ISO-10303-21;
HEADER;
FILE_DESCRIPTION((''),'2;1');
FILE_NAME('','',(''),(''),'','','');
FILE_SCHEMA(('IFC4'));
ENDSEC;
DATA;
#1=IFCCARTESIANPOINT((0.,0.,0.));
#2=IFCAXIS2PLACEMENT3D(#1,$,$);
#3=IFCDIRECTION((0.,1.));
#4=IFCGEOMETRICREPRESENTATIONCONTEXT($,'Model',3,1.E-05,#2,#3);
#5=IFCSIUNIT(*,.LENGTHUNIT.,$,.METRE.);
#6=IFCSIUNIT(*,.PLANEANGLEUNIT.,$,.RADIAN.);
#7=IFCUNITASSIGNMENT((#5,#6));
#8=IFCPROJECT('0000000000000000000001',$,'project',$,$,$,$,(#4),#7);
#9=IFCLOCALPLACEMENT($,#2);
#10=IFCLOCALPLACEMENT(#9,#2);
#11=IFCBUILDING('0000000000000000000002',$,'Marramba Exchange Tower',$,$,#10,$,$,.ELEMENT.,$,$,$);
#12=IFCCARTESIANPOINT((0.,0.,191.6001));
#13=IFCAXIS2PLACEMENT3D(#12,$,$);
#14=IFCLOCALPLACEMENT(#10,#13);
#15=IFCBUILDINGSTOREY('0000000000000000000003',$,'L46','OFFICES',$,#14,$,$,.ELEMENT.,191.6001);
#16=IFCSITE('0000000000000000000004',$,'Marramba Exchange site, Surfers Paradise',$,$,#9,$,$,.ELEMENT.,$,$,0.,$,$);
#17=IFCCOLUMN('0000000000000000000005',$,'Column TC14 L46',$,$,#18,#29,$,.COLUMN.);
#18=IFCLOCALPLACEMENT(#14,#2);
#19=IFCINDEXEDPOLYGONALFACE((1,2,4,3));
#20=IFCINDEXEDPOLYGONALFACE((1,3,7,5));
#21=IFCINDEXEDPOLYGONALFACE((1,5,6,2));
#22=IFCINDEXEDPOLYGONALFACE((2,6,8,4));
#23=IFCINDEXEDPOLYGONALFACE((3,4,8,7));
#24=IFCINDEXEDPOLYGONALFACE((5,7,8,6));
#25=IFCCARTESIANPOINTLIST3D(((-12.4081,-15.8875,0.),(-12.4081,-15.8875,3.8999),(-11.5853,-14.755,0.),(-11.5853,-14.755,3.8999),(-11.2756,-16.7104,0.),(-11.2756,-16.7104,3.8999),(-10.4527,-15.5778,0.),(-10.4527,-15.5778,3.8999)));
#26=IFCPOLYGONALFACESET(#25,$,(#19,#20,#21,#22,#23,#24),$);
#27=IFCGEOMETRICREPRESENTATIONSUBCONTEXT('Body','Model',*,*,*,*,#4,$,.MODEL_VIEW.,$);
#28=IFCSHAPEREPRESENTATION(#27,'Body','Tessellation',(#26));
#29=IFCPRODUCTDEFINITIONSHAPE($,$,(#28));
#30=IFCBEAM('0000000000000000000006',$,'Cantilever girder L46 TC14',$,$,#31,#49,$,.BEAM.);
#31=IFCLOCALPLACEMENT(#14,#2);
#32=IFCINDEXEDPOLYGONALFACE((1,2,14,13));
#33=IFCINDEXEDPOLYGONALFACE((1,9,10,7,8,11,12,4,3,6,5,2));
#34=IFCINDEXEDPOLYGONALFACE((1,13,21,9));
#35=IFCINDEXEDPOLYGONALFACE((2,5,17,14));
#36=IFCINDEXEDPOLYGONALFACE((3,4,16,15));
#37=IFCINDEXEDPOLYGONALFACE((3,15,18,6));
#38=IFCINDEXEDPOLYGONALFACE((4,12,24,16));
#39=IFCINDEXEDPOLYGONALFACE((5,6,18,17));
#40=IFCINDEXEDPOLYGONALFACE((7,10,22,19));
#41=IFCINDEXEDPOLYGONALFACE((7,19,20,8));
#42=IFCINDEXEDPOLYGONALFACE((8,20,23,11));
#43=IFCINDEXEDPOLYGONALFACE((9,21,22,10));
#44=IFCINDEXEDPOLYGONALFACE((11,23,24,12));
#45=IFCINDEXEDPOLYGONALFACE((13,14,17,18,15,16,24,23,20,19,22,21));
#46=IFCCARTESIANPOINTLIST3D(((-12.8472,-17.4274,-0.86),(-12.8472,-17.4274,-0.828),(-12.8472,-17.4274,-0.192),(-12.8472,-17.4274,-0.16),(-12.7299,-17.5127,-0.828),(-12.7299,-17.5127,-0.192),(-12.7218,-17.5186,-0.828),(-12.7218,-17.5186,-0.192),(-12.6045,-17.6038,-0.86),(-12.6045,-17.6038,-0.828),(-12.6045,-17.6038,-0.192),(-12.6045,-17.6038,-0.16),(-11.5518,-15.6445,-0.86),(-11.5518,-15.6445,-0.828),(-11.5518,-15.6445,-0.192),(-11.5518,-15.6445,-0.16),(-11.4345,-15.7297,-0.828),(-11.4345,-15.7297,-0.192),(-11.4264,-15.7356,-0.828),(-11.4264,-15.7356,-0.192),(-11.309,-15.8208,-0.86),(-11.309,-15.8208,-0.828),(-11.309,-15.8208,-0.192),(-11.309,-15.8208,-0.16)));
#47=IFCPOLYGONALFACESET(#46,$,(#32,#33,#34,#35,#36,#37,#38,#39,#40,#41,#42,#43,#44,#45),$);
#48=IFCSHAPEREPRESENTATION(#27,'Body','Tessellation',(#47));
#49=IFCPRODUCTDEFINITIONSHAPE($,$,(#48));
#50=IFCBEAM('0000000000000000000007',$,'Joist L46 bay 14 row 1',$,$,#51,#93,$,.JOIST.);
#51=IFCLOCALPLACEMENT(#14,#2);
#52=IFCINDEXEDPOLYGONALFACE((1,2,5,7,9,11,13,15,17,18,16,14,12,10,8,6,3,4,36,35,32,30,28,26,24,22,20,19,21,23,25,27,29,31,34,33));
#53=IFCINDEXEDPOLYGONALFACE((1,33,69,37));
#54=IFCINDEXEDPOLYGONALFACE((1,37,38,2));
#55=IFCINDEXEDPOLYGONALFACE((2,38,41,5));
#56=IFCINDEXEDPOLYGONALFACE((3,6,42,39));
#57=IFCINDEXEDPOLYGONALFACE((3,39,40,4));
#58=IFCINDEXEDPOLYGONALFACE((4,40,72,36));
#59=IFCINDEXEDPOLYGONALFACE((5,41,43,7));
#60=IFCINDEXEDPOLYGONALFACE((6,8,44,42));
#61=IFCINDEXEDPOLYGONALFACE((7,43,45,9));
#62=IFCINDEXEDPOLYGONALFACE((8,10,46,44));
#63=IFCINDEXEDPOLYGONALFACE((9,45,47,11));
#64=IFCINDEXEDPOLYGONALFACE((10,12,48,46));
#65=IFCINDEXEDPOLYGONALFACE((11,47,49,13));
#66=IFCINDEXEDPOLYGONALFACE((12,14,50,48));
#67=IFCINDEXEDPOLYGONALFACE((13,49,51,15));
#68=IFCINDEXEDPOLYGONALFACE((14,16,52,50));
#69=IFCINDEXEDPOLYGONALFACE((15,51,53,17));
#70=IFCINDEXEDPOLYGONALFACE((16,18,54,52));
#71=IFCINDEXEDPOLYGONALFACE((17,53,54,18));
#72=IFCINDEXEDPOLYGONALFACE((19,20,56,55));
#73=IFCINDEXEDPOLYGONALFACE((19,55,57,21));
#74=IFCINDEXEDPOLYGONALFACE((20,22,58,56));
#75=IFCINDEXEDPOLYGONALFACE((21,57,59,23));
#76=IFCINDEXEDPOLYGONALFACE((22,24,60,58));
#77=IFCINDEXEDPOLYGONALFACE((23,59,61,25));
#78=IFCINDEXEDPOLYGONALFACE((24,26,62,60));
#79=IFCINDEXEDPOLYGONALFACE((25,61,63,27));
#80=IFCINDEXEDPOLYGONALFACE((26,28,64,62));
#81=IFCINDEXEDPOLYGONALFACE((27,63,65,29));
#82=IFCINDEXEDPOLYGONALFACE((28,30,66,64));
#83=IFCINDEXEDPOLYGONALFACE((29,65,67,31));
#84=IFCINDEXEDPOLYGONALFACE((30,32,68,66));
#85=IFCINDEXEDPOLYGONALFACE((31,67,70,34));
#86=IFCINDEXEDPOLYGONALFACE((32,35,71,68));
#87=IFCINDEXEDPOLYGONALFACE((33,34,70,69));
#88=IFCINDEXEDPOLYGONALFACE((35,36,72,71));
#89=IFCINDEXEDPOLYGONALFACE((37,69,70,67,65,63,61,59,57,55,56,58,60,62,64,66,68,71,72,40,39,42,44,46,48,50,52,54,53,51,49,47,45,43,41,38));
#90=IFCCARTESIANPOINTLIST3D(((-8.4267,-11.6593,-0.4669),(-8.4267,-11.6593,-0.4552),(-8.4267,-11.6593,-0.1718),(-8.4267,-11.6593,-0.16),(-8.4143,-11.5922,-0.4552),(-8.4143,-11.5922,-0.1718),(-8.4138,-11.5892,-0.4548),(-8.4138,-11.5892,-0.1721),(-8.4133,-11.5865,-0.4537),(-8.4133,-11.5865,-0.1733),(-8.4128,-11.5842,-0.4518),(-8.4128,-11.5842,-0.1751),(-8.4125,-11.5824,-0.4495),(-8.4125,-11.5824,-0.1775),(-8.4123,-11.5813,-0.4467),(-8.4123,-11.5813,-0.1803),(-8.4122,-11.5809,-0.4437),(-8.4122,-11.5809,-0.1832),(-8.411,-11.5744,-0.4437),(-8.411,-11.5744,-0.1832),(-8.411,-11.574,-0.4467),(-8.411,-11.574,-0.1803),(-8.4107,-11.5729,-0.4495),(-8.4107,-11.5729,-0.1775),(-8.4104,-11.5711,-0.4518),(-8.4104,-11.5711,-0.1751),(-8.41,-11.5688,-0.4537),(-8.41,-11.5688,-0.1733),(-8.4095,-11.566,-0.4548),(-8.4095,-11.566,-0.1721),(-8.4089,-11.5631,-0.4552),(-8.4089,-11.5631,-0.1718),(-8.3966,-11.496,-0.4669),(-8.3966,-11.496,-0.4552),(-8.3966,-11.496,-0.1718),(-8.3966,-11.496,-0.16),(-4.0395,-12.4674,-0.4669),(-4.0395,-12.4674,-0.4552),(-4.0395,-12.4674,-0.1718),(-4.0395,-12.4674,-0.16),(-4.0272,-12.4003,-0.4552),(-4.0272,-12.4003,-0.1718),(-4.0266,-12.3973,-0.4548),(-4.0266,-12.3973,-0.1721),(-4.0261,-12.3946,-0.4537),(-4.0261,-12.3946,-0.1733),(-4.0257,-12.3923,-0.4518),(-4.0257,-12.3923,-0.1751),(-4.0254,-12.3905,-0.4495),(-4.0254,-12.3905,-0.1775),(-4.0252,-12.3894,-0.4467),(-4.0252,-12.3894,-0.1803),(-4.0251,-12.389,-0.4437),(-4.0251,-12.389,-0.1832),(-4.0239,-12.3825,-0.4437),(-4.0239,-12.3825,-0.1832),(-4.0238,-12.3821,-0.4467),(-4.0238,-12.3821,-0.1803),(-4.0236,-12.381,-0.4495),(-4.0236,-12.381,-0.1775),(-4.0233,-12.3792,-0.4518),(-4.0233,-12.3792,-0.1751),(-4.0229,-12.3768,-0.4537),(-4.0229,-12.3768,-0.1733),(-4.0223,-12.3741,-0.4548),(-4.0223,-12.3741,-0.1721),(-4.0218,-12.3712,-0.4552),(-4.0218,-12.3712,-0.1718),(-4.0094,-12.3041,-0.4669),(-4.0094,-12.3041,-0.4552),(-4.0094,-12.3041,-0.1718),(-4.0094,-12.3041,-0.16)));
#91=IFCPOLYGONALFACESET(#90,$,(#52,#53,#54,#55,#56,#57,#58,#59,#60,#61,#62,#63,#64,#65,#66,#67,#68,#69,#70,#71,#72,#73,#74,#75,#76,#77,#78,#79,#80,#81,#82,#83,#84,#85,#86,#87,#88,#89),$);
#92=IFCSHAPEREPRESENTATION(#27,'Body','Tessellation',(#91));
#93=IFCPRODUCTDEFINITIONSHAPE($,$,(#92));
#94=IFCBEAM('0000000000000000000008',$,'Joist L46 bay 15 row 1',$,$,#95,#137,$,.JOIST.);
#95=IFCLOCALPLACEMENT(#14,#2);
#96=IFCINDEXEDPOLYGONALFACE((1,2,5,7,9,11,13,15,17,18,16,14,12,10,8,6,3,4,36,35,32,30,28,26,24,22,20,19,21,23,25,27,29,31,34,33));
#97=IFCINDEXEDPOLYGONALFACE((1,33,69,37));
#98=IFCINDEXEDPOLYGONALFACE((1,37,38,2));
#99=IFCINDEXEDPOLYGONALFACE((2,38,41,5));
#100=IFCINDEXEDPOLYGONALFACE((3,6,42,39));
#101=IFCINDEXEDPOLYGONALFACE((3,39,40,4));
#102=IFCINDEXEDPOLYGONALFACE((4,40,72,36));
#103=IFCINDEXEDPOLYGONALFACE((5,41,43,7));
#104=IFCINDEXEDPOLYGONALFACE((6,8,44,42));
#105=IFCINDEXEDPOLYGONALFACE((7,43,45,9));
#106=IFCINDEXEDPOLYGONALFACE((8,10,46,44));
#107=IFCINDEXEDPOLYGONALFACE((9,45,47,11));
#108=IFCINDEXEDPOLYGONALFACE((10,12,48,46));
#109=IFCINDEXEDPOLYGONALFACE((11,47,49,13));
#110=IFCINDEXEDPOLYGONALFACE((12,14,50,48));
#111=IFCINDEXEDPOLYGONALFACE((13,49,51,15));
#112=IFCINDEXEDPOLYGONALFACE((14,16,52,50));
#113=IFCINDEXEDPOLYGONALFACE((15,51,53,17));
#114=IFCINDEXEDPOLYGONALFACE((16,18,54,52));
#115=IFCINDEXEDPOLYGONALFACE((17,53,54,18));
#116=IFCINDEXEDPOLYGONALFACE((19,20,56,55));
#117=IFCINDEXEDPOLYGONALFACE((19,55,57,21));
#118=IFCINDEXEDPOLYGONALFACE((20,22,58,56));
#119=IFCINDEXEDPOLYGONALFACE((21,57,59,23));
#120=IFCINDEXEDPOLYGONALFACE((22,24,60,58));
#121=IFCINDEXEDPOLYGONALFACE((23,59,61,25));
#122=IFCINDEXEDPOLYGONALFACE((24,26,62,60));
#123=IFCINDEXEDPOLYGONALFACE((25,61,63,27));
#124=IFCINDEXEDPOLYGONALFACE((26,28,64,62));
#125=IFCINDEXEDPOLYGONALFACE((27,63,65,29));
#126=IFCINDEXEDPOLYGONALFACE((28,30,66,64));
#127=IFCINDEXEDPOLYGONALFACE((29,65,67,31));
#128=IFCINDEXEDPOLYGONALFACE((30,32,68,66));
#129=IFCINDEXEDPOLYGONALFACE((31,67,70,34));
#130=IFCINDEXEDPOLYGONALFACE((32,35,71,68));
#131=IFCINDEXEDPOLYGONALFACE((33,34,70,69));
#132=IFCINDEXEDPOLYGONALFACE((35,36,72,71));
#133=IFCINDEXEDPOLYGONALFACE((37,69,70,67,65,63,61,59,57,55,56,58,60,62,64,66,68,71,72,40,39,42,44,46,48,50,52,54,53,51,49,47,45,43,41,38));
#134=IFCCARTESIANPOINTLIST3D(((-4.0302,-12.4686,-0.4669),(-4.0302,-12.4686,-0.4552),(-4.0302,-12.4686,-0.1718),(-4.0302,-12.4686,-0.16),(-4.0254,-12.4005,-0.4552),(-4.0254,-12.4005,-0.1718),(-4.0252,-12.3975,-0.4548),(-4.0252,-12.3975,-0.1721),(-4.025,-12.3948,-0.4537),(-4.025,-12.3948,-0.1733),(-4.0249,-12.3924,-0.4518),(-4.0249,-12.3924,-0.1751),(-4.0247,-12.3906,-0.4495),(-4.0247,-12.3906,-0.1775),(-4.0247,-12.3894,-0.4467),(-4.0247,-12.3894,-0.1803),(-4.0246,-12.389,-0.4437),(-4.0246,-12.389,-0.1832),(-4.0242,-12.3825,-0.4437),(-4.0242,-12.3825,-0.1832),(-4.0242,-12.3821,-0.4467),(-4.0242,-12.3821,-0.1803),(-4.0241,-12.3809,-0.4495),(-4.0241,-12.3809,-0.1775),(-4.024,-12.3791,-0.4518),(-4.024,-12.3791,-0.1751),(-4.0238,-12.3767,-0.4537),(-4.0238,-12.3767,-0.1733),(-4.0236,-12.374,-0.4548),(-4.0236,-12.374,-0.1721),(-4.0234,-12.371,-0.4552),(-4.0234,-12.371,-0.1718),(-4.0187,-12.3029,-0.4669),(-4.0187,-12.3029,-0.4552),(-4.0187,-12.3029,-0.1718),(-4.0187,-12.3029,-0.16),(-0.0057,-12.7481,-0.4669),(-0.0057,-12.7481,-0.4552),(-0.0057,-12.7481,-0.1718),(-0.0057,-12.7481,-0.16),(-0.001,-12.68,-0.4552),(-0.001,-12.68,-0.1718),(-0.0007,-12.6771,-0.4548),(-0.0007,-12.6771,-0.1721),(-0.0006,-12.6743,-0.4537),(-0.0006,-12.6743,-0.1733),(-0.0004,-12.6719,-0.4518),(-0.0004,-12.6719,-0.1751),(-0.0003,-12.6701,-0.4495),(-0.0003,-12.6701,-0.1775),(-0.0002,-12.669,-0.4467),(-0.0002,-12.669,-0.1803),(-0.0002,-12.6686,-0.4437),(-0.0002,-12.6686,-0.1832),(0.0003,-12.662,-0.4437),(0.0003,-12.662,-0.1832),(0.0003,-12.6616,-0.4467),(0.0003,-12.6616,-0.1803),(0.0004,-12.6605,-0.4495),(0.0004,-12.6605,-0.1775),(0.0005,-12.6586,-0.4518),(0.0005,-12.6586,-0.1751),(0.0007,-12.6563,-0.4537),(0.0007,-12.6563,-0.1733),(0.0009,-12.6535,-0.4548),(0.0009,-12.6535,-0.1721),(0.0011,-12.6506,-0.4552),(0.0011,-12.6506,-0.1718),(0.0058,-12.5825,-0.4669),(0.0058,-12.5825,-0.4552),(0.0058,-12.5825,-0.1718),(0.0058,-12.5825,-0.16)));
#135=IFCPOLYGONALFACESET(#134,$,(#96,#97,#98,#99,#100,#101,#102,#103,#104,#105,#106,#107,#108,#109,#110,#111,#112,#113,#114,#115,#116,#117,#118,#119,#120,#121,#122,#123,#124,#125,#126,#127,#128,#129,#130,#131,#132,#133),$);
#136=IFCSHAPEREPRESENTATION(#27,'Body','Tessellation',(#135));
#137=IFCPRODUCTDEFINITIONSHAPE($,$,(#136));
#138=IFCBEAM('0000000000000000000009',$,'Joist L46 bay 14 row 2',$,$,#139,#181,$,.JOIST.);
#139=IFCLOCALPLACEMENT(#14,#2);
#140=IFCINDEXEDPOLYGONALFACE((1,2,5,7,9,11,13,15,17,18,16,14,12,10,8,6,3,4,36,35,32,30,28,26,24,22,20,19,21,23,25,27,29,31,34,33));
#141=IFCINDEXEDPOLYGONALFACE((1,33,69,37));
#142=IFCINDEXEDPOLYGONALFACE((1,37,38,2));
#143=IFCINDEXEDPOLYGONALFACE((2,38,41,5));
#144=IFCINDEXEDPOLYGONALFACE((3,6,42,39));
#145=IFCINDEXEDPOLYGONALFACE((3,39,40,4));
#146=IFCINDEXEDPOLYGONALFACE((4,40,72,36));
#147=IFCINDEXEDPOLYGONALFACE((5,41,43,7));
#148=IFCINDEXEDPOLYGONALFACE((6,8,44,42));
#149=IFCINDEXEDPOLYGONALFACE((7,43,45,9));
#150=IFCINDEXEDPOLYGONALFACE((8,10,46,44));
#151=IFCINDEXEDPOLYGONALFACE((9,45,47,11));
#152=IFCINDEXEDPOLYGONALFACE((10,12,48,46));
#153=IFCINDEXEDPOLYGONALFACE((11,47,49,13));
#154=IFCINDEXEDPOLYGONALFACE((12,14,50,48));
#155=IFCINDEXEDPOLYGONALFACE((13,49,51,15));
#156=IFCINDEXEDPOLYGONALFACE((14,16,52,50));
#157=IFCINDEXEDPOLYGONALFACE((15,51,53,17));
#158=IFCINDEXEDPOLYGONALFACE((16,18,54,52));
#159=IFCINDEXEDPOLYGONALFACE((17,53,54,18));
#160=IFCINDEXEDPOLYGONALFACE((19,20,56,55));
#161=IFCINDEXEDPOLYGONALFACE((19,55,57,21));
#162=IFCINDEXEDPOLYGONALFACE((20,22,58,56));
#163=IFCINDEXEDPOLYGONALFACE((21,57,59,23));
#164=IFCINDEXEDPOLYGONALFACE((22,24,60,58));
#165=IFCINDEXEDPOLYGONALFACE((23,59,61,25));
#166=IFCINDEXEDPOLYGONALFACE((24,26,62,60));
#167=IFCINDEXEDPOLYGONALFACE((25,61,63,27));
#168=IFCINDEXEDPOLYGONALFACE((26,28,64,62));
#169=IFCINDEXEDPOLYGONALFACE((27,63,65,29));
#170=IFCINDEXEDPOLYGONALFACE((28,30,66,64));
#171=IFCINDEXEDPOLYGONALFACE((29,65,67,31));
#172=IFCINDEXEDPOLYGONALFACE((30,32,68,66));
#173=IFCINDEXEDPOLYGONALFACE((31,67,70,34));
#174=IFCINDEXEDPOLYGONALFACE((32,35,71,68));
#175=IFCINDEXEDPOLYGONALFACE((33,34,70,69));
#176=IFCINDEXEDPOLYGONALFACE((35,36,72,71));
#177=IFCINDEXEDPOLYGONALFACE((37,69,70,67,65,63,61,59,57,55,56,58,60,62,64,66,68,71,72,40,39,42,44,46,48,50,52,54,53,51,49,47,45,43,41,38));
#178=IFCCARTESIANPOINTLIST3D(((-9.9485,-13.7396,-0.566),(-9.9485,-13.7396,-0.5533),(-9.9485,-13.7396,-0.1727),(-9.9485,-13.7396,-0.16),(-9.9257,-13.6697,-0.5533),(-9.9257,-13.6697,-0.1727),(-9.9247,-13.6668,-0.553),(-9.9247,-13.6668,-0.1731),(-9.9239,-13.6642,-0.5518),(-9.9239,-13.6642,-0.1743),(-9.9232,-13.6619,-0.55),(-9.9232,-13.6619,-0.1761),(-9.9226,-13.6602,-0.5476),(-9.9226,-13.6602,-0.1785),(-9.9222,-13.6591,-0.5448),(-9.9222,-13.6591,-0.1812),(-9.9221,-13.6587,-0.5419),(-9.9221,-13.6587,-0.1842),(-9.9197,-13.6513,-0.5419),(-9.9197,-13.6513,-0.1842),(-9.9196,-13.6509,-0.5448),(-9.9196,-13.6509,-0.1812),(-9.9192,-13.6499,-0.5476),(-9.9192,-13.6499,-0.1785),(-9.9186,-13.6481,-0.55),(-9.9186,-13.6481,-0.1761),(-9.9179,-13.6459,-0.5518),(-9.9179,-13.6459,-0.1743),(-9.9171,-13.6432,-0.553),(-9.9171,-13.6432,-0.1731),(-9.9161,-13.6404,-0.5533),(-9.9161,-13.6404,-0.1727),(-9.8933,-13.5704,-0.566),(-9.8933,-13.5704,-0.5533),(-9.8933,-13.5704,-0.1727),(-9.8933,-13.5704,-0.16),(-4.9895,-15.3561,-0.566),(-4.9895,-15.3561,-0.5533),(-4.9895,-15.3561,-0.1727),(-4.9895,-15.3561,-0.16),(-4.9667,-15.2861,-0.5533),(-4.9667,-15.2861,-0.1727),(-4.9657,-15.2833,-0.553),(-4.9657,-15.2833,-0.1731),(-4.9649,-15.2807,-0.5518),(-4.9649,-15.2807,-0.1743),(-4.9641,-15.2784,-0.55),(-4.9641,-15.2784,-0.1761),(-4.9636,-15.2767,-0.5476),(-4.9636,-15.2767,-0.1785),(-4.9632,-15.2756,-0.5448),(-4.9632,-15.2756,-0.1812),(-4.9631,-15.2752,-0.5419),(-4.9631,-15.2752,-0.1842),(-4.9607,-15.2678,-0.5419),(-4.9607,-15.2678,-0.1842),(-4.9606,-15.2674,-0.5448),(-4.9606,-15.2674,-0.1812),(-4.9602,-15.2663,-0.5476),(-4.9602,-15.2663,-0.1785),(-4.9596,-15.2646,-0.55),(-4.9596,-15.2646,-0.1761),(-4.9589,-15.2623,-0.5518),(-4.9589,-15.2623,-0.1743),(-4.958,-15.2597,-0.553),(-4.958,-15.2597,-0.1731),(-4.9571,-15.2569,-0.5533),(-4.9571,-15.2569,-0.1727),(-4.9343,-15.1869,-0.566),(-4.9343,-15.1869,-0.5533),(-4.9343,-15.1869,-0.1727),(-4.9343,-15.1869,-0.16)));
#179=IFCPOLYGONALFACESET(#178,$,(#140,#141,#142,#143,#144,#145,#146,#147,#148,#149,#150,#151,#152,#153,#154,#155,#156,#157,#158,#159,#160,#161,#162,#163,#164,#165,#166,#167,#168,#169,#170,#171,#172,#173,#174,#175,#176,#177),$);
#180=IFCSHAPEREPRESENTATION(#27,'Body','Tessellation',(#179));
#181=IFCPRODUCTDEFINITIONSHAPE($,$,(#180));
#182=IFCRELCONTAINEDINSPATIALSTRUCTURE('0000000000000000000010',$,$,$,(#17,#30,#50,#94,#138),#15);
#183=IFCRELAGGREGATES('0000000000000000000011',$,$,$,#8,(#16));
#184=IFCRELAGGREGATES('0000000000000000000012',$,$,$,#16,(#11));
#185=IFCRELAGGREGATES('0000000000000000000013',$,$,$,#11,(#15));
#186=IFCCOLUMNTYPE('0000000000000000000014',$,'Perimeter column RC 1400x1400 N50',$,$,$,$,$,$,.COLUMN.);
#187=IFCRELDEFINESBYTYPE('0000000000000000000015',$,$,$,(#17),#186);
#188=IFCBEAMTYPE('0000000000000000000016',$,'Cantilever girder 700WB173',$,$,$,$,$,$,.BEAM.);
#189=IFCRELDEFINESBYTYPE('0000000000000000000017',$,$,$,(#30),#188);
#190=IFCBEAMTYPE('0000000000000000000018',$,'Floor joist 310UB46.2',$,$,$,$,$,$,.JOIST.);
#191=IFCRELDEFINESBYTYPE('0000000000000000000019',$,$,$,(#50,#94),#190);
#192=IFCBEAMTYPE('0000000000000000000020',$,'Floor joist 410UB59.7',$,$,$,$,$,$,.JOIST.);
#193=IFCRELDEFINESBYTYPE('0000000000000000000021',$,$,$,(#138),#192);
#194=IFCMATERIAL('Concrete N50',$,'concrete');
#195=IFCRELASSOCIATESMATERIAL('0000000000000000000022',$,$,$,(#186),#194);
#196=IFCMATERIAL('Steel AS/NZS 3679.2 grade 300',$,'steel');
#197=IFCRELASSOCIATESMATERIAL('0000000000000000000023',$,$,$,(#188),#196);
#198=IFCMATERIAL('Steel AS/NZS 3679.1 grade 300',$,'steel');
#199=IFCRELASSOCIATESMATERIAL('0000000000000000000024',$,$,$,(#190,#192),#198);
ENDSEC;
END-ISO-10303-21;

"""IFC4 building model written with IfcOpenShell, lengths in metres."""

from ifc_helpers import new_model, si_unit, direction, frame, origin, origin_2d, place, context, subcontext, project, spatial, rectangle, i_section, extrude, material, material_profile, profile_set, type_object, element, save


model = new_model("IFC4")

# Units and contexts
model_context = context("Model", 3, precision=1e-05, world=origin(), true_north=direction((0.0, 1.0)))
body_context = subcontext(model_context, "Body", "Model", "MODEL_VIEW")
ifc_project = project(units=[si_unit("LENGTHUNIT", "METRE"), si_unit("PLANEANGLEUNIT", "RADIAN")], contexts=[model_context])

# Site, building, storey
site_placement = place(None, origin())
site = spatial("IfcSite", under=ifc_project, at=site_placement, Name="Marramba Exchange site, Surfers Paradise", CompositionType="ELEMENT", RefElevation=0.0)
building_placement = place(site_placement, origin())
building = spatial("IfcBuilding", under=site, at=building_placement, Name="Marramba Exchange Tower", CompositionType="ELEMENT")
storey_placement = place(building_placement, frame((0.0, 0.0, 191.6001)))
storey = spatial("IfcBuildingStorey", under=building, at=storey_placement, Name="L46", Description="OFFICES", CompositionType="ELEMENT", Elevation=191.6001)

# Column
ifc_material_1 = material(Name="Concrete N50", Category="concrete")
ifc_material_profile_1 = material_profile(ifc_material_1, rectangle(XDim=1.3999, YDim=1.3999, at=origin_2d()), Name="RC 1400x1400")
ifc_profile_set_1 = profile_set([ifc_material_profile_1], Name="Concrete N50")
column_type = type_object("IfcColumnType", Name="Perimeter column RC 1400x1400 N50", PredefinedType="COLUMN", material=ifc_profile_set_1)
column_placement = place(storey_placement, frame((-11.4304, -15.7327, 0.0), z_axis=(0.0, 0.0, 1.0), x_axis=(-0.587785, -0.809017, 0.0)))
element("IfcColumn", 1, at=column_placement, inside=storey, type_object=column_type, Name="Column TC14 L46", PredefinedType="COLUMN", context=body_context, shape_type="SweptSolid", body=[
    extrude(rectangle(XDim=1.3999, YDim=1.3999, at=origin_2d()), origin(), (0.0, 0.0, 1.0), 3.8999),
])

# Beams
ifc_material_2 = material(Name="Steel AS/NZS 3679.2 grade 300", Category="steel")
ifc_material_profile_2 = material_profile(ifc_material_2, i_section(OverallWidth=0.3, OverallDepth=0.7, WebThickness=0.01, FlangeThickness=0.032, at=origin_2d()), Name="700WB173")
ifc_profile_set_2 = profile_set([ifc_material_profile_2], Name="Steel AS/NZS 3679.2 grade 300")
beam_type_1 = type_object("IfcBeamType", Name="Cantilever girder 700WB173", PredefinedType="BEAM", material=ifc_profile_set_2)
beam_1_placement = place(storey_placement, frame((-11.4304, -15.7327, -0.51), z_axis=(-0.58779, -0.809014, 0.0), x_axis=(0.809014, -0.58779, 0.0)))
element("IfcBeam", 2, at=beam_1_placement, inside=storey, type_object=beam_type_1, Name="Cantilever girder L46 TC14", PredefinedType="BEAM", context=body_context, shape_type="SweptSolid", body=[
    extrude(i_section(OverallWidth=0.3, OverallDepth=0.7, WebThickness=0.01, FlangeThickness=0.032, at=origin_2d()), origin(), (0.0, 0.0, 1.0), 2.2039),
])
ifc_material_3 = material(Name="Steel AS/NZS 3679.1 grade 300", Category="steel")
ifc_material_profile_3 = material_profile(ifc_material_3, i_section(OverallWidth=0.166, OverallDepth=0.3069, WebThickness=0.0066, FlangeThickness=0.0117, FilletRadius=0.0115, at=origin_2d()), Name="310UB46.2")
ifc_profile_set_3 = profile_set([ifc_material_profile_3], Name="Steel AS/NZS 3679.1 grade 300")
beam_type_2 = type_object("IfcBeamType", Name="Floor joist 310UB46.2", PredefinedType="JOIST", material=ifc_profile_set_3)
beam_2_placement = place(storey_placement, frame((-8.4116, -11.5776, -0.3135), z_axis=(0.983456, -0.181149, 0.0), x_axis=(0.181149, 0.983456, 0.0)))
element("IfcBeam", 3, at=beam_2_placement, inside=storey, type_object=beam_type_2, Name="Joist L46 bay 14 row 1", PredefinedType="JOIST", context=body_context, shape_type="SweptSolid", body=[
    extrude(i_section(OverallWidth=0.166, OverallDepth=0.3069, WebThickness=0.0066, FlangeThickness=0.0117, FilletRadius=0.0115, at=origin_2d()), origin(), (0.0, 0.0, 1.0), 4.4609),
])
beam_3_placement = place(storey_placement, frame((-4.0244, -12.3857, -0.3135), z_axis=(0.997596, -0.069294, 0.0), x_axis=(0.069294, 0.997596, 0.0)))
element("IfcBeam", 4, at=beam_3_placement, inside=storey, type_object=beam_type_2, Name="Joist L46 bay 15 row 1", PredefinedType="JOIST", context=body_context, shape_type="SweptSolid", body=[
    extrude(i_section(OverallWidth=0.166, OverallDepth=0.3069, WebThickness=0.0066, FlangeThickness=0.0117, FilletRadius=0.0115, at=origin_2d()), origin(), (0.0, 0.0, 1.0), 4.0342),
])
ifc_material_profile_4 = material_profile(ifc_material_3, i_section(OverallWidth=0.178, OverallDepth=0.406, WebThickness=0.0078, FlangeThickness=0.0127, FilletRadius=0.0115, at=origin_2d()), Name="410UB59.7")
ifc_profile_set_4 = profile_set([ifc_material_profile_4], Name="Steel AS/NZS 3679.1 grade 300")
beam_type_3 = type_object("IfcBeamType", Name="Floor joist 410UB59.7", PredefinedType="JOIST", material=ifc_profile_set_4)
beam_4_placement = place(storey_placement, frame((-9.9209, -13.655, -0.363), z_axis=(0.950764, -0.309916, 0.0), x_axis=(0.309916, 0.950764, 0.0)))
element("IfcBeam", 5, at=beam_4_placement, inside=storey, type_object=beam_type_3, Name="Joist L46 bay 14 row 2", PredefinedType="JOIST", context=body_context, shape_type="SweptSolid", body=[
    extrude(i_section(OverallWidth=0.178, OverallDepth=0.406, WebThickness=0.0078, FlangeThickness=0.0127, FilletRadius=0.0115, at=origin_2d()), origin(), (0.0, 0.0, 1.0), 5.2158),
])

save(model, "model.ifc")
